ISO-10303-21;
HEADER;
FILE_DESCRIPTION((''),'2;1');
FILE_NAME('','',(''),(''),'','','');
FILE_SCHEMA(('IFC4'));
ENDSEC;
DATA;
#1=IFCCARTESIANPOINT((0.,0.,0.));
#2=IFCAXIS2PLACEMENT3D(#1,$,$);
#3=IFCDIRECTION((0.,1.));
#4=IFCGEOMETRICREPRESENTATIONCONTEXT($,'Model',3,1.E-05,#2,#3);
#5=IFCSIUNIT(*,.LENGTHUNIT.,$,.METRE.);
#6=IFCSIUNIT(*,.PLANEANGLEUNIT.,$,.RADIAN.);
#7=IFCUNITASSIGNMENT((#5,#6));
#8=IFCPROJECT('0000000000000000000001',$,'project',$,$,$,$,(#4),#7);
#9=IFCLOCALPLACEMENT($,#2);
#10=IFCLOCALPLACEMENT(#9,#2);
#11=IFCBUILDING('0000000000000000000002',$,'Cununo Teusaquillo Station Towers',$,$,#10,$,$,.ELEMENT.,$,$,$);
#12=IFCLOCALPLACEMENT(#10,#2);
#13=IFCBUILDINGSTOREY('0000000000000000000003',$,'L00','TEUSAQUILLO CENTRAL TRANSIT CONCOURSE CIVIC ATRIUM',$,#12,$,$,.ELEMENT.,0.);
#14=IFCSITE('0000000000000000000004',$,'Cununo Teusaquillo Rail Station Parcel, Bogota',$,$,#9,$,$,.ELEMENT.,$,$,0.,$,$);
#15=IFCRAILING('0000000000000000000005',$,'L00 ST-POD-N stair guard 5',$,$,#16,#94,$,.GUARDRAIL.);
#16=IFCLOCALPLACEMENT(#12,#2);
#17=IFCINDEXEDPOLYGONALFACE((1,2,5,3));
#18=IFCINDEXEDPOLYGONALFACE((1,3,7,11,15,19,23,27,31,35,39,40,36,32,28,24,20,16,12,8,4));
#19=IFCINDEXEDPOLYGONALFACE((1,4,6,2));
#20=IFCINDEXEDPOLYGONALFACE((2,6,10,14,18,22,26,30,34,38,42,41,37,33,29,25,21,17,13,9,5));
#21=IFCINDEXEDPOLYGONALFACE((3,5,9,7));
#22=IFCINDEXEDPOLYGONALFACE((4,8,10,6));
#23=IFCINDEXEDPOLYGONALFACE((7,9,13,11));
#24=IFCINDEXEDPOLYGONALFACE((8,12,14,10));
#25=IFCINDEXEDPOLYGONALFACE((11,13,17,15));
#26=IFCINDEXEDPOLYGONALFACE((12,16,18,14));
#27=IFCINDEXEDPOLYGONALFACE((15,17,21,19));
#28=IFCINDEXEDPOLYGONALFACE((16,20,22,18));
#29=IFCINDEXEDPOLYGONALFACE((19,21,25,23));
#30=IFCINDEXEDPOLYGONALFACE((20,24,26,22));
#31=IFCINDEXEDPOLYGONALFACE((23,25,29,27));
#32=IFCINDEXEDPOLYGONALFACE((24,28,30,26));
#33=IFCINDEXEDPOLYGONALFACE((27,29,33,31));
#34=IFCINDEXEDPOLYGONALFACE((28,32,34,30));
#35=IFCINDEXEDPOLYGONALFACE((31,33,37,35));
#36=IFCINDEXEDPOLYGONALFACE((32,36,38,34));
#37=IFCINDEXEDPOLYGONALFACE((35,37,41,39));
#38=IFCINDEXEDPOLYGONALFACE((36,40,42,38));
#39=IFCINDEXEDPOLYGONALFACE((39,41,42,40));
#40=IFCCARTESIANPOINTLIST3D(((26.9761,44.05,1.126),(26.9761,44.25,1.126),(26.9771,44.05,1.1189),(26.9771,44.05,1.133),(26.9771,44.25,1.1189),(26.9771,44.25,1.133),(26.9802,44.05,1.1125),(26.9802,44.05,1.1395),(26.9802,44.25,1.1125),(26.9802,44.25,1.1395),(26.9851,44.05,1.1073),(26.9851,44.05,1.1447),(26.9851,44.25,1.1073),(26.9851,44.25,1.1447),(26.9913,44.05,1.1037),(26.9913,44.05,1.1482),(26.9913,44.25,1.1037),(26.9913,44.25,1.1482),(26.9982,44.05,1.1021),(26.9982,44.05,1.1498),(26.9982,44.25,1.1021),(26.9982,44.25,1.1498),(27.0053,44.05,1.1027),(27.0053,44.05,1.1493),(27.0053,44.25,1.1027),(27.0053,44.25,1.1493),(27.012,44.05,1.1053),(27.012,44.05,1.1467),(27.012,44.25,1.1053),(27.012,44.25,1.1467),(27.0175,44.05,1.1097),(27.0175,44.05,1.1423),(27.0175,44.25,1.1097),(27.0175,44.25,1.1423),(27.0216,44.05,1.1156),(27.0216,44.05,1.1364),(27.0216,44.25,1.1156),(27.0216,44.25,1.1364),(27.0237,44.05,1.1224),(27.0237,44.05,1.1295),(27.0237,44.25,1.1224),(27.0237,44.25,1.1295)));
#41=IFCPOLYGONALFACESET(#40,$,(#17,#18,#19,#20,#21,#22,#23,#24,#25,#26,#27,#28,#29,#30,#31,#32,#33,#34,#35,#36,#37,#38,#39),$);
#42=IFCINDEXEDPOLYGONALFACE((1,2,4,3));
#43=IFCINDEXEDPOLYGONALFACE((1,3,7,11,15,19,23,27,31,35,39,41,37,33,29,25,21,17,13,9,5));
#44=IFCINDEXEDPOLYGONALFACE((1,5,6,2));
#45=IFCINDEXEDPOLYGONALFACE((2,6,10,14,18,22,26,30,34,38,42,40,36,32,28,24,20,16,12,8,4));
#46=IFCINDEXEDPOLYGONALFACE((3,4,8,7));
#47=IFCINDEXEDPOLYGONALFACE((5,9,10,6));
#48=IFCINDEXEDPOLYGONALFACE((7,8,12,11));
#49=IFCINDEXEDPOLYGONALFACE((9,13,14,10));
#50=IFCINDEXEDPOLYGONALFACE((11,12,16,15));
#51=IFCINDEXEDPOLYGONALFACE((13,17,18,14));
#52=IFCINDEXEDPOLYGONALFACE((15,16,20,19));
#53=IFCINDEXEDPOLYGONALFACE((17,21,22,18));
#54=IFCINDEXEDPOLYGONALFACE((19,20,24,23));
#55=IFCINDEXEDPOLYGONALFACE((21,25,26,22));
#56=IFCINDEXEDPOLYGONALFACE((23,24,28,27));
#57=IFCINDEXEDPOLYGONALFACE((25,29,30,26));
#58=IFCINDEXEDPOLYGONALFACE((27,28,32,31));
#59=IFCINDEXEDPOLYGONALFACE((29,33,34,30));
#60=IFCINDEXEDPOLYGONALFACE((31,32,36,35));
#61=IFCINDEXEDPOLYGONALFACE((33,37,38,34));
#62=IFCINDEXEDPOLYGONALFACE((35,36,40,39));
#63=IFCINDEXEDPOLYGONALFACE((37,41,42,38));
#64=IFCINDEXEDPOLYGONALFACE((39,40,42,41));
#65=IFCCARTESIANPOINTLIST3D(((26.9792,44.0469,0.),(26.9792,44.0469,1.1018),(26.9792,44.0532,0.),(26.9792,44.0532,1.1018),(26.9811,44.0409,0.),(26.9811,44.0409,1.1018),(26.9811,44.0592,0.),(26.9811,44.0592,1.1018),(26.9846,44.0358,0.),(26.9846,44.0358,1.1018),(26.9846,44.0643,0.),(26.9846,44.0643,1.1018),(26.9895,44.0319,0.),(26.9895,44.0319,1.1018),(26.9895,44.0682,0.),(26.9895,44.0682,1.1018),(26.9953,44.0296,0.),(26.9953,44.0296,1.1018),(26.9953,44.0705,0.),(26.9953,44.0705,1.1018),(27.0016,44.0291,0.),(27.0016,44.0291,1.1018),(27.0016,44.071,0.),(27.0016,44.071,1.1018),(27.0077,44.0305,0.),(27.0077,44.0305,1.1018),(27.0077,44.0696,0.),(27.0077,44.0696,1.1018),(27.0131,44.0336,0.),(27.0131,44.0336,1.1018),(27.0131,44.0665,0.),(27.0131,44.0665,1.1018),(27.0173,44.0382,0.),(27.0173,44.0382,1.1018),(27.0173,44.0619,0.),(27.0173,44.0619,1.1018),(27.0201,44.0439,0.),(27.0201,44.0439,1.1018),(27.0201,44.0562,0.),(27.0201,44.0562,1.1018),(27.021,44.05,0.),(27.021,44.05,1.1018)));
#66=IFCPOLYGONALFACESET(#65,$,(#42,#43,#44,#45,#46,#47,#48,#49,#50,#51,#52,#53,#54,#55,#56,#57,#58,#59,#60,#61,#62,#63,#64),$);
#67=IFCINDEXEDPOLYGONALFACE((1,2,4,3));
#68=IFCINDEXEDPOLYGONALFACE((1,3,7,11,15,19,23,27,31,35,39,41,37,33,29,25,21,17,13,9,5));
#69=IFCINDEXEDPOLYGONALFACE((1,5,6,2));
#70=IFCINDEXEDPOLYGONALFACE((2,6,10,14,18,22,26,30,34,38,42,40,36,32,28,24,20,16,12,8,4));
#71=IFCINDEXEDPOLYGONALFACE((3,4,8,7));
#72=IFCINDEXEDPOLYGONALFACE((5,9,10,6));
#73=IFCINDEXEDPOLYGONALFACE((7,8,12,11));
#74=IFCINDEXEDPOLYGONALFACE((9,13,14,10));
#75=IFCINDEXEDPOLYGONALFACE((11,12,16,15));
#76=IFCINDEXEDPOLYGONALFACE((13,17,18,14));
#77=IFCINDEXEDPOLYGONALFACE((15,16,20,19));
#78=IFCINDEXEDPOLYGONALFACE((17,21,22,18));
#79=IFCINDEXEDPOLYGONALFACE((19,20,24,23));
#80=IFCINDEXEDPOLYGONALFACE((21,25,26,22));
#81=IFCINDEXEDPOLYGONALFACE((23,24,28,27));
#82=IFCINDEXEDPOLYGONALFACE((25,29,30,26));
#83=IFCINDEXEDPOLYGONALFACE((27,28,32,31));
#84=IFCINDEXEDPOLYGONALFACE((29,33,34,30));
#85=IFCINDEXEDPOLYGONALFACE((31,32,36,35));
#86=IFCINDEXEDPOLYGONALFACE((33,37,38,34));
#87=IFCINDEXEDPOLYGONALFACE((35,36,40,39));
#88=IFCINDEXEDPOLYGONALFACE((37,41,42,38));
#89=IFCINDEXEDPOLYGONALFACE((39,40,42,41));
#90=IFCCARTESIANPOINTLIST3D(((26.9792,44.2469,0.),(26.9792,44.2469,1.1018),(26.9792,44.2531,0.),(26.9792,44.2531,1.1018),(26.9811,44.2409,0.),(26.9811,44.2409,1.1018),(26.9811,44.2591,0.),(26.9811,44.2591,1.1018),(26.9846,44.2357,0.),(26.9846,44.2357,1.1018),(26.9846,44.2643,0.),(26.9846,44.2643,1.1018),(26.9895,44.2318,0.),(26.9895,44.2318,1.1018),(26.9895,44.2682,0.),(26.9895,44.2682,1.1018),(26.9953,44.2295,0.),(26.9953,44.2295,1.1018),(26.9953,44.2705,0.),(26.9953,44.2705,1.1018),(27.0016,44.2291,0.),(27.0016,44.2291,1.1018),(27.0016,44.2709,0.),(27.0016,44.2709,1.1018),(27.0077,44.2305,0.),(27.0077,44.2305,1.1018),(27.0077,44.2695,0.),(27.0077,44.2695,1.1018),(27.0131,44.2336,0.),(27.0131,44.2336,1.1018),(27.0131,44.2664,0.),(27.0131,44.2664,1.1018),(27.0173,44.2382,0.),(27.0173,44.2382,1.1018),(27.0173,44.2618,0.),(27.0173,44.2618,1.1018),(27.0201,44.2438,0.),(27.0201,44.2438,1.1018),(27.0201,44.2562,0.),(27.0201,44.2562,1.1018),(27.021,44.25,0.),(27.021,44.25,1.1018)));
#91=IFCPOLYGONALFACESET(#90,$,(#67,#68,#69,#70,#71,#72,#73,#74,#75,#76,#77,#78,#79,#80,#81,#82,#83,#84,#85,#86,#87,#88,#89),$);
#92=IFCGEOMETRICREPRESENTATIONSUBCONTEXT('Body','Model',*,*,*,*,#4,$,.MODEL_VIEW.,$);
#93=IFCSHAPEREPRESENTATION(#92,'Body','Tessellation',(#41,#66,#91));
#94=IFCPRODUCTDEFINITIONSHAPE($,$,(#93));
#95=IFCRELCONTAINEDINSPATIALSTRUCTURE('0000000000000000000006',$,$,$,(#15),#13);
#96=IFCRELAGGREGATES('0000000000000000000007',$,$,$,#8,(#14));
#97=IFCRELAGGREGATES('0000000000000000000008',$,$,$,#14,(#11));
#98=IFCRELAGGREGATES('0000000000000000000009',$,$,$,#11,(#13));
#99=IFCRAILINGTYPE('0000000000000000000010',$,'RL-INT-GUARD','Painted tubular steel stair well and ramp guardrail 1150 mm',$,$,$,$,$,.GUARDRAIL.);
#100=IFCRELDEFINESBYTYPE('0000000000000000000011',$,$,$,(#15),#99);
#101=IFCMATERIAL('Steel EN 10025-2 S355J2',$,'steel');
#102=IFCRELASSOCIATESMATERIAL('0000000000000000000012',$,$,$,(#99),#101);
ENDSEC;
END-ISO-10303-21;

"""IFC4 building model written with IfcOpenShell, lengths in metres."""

from ifc_helpers import new_model, si_unit, direction, frame, origin, origin_2d, place, context, subcontext, project, spatial, circle, extrude, material, type_object, element, save


model = new_model("IFC4")

# Units and contexts
model_context = context("Model", 3, precision=1e-05, world=origin(), true_north=direction((0.0, 1.0)))
body_context = subcontext(model_context, "Body", "Model", "MODEL_VIEW")
ifc_project = project(units=[si_unit("LENGTHUNIT", "METRE"), si_unit("PLANEANGLEUNIT", "RADIAN")], contexts=[model_context])

# Site, building, storey
site_placement = place(None, origin())
site = spatial("IfcSite", under=ifc_project, at=site_placement, Name="Cununo Teusaquillo Rail Station Parcel, Bogota", CompositionType="ELEMENT", RefElevation=0.0)
building_placement = place(site_placement, origin())
building = spatial("IfcBuilding", under=site, at=building_placement, Name="Cununo Teusaquillo Station Towers", CompositionType="ELEMENT")
storey_placement = place(building_placement, origin())
storey = spatial("IfcBuildingStorey", under=building, at=storey_placement, Name="L00", Description="TEUSAQUILLO CENTRAL TRANSIT CONCOURSE CIVIC ATRIUM", CompositionType="ELEMENT", Elevation=0.0)

# Railing
ifc_material_1 = material(Name="Steel EN 10025-2 S355J2", Category="steel")
railing_type_1 = type_object("IfcRailingType", Name="RL-INT-GUARD", Description="Painted tubular steel stair well and ramp guardrail 1150 mm", PredefinedType="GUARDRAIL", material=ifc_material_1)
railing_1_placement = place(storey_placement, frame((27.0, 44.05, 0.0)))
element("IfcRailing", 1, at=railing_1_placement, inside=storey, type_object=railing_type_1, Name="L00 ST-POD-N stair guard 5", PredefinedType="GUARDRAIL", context=body_context, shape_type="SweptSolid", body=[
    extrude(circle(Radius=0.0239, at=origin_2d()), frame((0.0, 0.0, 1.126), z_axis=(0.0, 1.0, 0.0), x_axis=(-1.0, 0.0, 0.0)), (0.0, 0.0, 1.0), 0.2),
    extrude(circle(Radius=0.021, at=origin_2d()), origin(), (0.0, 0.0, 1.0), 1.1018),
    extrude(circle(Radius=0.021, at=origin_2d()), frame((0.0, 0.2, 0.0)), (0.0, 0.0, 1.0), 1.1018),
])

save(model, "model.ifc")
